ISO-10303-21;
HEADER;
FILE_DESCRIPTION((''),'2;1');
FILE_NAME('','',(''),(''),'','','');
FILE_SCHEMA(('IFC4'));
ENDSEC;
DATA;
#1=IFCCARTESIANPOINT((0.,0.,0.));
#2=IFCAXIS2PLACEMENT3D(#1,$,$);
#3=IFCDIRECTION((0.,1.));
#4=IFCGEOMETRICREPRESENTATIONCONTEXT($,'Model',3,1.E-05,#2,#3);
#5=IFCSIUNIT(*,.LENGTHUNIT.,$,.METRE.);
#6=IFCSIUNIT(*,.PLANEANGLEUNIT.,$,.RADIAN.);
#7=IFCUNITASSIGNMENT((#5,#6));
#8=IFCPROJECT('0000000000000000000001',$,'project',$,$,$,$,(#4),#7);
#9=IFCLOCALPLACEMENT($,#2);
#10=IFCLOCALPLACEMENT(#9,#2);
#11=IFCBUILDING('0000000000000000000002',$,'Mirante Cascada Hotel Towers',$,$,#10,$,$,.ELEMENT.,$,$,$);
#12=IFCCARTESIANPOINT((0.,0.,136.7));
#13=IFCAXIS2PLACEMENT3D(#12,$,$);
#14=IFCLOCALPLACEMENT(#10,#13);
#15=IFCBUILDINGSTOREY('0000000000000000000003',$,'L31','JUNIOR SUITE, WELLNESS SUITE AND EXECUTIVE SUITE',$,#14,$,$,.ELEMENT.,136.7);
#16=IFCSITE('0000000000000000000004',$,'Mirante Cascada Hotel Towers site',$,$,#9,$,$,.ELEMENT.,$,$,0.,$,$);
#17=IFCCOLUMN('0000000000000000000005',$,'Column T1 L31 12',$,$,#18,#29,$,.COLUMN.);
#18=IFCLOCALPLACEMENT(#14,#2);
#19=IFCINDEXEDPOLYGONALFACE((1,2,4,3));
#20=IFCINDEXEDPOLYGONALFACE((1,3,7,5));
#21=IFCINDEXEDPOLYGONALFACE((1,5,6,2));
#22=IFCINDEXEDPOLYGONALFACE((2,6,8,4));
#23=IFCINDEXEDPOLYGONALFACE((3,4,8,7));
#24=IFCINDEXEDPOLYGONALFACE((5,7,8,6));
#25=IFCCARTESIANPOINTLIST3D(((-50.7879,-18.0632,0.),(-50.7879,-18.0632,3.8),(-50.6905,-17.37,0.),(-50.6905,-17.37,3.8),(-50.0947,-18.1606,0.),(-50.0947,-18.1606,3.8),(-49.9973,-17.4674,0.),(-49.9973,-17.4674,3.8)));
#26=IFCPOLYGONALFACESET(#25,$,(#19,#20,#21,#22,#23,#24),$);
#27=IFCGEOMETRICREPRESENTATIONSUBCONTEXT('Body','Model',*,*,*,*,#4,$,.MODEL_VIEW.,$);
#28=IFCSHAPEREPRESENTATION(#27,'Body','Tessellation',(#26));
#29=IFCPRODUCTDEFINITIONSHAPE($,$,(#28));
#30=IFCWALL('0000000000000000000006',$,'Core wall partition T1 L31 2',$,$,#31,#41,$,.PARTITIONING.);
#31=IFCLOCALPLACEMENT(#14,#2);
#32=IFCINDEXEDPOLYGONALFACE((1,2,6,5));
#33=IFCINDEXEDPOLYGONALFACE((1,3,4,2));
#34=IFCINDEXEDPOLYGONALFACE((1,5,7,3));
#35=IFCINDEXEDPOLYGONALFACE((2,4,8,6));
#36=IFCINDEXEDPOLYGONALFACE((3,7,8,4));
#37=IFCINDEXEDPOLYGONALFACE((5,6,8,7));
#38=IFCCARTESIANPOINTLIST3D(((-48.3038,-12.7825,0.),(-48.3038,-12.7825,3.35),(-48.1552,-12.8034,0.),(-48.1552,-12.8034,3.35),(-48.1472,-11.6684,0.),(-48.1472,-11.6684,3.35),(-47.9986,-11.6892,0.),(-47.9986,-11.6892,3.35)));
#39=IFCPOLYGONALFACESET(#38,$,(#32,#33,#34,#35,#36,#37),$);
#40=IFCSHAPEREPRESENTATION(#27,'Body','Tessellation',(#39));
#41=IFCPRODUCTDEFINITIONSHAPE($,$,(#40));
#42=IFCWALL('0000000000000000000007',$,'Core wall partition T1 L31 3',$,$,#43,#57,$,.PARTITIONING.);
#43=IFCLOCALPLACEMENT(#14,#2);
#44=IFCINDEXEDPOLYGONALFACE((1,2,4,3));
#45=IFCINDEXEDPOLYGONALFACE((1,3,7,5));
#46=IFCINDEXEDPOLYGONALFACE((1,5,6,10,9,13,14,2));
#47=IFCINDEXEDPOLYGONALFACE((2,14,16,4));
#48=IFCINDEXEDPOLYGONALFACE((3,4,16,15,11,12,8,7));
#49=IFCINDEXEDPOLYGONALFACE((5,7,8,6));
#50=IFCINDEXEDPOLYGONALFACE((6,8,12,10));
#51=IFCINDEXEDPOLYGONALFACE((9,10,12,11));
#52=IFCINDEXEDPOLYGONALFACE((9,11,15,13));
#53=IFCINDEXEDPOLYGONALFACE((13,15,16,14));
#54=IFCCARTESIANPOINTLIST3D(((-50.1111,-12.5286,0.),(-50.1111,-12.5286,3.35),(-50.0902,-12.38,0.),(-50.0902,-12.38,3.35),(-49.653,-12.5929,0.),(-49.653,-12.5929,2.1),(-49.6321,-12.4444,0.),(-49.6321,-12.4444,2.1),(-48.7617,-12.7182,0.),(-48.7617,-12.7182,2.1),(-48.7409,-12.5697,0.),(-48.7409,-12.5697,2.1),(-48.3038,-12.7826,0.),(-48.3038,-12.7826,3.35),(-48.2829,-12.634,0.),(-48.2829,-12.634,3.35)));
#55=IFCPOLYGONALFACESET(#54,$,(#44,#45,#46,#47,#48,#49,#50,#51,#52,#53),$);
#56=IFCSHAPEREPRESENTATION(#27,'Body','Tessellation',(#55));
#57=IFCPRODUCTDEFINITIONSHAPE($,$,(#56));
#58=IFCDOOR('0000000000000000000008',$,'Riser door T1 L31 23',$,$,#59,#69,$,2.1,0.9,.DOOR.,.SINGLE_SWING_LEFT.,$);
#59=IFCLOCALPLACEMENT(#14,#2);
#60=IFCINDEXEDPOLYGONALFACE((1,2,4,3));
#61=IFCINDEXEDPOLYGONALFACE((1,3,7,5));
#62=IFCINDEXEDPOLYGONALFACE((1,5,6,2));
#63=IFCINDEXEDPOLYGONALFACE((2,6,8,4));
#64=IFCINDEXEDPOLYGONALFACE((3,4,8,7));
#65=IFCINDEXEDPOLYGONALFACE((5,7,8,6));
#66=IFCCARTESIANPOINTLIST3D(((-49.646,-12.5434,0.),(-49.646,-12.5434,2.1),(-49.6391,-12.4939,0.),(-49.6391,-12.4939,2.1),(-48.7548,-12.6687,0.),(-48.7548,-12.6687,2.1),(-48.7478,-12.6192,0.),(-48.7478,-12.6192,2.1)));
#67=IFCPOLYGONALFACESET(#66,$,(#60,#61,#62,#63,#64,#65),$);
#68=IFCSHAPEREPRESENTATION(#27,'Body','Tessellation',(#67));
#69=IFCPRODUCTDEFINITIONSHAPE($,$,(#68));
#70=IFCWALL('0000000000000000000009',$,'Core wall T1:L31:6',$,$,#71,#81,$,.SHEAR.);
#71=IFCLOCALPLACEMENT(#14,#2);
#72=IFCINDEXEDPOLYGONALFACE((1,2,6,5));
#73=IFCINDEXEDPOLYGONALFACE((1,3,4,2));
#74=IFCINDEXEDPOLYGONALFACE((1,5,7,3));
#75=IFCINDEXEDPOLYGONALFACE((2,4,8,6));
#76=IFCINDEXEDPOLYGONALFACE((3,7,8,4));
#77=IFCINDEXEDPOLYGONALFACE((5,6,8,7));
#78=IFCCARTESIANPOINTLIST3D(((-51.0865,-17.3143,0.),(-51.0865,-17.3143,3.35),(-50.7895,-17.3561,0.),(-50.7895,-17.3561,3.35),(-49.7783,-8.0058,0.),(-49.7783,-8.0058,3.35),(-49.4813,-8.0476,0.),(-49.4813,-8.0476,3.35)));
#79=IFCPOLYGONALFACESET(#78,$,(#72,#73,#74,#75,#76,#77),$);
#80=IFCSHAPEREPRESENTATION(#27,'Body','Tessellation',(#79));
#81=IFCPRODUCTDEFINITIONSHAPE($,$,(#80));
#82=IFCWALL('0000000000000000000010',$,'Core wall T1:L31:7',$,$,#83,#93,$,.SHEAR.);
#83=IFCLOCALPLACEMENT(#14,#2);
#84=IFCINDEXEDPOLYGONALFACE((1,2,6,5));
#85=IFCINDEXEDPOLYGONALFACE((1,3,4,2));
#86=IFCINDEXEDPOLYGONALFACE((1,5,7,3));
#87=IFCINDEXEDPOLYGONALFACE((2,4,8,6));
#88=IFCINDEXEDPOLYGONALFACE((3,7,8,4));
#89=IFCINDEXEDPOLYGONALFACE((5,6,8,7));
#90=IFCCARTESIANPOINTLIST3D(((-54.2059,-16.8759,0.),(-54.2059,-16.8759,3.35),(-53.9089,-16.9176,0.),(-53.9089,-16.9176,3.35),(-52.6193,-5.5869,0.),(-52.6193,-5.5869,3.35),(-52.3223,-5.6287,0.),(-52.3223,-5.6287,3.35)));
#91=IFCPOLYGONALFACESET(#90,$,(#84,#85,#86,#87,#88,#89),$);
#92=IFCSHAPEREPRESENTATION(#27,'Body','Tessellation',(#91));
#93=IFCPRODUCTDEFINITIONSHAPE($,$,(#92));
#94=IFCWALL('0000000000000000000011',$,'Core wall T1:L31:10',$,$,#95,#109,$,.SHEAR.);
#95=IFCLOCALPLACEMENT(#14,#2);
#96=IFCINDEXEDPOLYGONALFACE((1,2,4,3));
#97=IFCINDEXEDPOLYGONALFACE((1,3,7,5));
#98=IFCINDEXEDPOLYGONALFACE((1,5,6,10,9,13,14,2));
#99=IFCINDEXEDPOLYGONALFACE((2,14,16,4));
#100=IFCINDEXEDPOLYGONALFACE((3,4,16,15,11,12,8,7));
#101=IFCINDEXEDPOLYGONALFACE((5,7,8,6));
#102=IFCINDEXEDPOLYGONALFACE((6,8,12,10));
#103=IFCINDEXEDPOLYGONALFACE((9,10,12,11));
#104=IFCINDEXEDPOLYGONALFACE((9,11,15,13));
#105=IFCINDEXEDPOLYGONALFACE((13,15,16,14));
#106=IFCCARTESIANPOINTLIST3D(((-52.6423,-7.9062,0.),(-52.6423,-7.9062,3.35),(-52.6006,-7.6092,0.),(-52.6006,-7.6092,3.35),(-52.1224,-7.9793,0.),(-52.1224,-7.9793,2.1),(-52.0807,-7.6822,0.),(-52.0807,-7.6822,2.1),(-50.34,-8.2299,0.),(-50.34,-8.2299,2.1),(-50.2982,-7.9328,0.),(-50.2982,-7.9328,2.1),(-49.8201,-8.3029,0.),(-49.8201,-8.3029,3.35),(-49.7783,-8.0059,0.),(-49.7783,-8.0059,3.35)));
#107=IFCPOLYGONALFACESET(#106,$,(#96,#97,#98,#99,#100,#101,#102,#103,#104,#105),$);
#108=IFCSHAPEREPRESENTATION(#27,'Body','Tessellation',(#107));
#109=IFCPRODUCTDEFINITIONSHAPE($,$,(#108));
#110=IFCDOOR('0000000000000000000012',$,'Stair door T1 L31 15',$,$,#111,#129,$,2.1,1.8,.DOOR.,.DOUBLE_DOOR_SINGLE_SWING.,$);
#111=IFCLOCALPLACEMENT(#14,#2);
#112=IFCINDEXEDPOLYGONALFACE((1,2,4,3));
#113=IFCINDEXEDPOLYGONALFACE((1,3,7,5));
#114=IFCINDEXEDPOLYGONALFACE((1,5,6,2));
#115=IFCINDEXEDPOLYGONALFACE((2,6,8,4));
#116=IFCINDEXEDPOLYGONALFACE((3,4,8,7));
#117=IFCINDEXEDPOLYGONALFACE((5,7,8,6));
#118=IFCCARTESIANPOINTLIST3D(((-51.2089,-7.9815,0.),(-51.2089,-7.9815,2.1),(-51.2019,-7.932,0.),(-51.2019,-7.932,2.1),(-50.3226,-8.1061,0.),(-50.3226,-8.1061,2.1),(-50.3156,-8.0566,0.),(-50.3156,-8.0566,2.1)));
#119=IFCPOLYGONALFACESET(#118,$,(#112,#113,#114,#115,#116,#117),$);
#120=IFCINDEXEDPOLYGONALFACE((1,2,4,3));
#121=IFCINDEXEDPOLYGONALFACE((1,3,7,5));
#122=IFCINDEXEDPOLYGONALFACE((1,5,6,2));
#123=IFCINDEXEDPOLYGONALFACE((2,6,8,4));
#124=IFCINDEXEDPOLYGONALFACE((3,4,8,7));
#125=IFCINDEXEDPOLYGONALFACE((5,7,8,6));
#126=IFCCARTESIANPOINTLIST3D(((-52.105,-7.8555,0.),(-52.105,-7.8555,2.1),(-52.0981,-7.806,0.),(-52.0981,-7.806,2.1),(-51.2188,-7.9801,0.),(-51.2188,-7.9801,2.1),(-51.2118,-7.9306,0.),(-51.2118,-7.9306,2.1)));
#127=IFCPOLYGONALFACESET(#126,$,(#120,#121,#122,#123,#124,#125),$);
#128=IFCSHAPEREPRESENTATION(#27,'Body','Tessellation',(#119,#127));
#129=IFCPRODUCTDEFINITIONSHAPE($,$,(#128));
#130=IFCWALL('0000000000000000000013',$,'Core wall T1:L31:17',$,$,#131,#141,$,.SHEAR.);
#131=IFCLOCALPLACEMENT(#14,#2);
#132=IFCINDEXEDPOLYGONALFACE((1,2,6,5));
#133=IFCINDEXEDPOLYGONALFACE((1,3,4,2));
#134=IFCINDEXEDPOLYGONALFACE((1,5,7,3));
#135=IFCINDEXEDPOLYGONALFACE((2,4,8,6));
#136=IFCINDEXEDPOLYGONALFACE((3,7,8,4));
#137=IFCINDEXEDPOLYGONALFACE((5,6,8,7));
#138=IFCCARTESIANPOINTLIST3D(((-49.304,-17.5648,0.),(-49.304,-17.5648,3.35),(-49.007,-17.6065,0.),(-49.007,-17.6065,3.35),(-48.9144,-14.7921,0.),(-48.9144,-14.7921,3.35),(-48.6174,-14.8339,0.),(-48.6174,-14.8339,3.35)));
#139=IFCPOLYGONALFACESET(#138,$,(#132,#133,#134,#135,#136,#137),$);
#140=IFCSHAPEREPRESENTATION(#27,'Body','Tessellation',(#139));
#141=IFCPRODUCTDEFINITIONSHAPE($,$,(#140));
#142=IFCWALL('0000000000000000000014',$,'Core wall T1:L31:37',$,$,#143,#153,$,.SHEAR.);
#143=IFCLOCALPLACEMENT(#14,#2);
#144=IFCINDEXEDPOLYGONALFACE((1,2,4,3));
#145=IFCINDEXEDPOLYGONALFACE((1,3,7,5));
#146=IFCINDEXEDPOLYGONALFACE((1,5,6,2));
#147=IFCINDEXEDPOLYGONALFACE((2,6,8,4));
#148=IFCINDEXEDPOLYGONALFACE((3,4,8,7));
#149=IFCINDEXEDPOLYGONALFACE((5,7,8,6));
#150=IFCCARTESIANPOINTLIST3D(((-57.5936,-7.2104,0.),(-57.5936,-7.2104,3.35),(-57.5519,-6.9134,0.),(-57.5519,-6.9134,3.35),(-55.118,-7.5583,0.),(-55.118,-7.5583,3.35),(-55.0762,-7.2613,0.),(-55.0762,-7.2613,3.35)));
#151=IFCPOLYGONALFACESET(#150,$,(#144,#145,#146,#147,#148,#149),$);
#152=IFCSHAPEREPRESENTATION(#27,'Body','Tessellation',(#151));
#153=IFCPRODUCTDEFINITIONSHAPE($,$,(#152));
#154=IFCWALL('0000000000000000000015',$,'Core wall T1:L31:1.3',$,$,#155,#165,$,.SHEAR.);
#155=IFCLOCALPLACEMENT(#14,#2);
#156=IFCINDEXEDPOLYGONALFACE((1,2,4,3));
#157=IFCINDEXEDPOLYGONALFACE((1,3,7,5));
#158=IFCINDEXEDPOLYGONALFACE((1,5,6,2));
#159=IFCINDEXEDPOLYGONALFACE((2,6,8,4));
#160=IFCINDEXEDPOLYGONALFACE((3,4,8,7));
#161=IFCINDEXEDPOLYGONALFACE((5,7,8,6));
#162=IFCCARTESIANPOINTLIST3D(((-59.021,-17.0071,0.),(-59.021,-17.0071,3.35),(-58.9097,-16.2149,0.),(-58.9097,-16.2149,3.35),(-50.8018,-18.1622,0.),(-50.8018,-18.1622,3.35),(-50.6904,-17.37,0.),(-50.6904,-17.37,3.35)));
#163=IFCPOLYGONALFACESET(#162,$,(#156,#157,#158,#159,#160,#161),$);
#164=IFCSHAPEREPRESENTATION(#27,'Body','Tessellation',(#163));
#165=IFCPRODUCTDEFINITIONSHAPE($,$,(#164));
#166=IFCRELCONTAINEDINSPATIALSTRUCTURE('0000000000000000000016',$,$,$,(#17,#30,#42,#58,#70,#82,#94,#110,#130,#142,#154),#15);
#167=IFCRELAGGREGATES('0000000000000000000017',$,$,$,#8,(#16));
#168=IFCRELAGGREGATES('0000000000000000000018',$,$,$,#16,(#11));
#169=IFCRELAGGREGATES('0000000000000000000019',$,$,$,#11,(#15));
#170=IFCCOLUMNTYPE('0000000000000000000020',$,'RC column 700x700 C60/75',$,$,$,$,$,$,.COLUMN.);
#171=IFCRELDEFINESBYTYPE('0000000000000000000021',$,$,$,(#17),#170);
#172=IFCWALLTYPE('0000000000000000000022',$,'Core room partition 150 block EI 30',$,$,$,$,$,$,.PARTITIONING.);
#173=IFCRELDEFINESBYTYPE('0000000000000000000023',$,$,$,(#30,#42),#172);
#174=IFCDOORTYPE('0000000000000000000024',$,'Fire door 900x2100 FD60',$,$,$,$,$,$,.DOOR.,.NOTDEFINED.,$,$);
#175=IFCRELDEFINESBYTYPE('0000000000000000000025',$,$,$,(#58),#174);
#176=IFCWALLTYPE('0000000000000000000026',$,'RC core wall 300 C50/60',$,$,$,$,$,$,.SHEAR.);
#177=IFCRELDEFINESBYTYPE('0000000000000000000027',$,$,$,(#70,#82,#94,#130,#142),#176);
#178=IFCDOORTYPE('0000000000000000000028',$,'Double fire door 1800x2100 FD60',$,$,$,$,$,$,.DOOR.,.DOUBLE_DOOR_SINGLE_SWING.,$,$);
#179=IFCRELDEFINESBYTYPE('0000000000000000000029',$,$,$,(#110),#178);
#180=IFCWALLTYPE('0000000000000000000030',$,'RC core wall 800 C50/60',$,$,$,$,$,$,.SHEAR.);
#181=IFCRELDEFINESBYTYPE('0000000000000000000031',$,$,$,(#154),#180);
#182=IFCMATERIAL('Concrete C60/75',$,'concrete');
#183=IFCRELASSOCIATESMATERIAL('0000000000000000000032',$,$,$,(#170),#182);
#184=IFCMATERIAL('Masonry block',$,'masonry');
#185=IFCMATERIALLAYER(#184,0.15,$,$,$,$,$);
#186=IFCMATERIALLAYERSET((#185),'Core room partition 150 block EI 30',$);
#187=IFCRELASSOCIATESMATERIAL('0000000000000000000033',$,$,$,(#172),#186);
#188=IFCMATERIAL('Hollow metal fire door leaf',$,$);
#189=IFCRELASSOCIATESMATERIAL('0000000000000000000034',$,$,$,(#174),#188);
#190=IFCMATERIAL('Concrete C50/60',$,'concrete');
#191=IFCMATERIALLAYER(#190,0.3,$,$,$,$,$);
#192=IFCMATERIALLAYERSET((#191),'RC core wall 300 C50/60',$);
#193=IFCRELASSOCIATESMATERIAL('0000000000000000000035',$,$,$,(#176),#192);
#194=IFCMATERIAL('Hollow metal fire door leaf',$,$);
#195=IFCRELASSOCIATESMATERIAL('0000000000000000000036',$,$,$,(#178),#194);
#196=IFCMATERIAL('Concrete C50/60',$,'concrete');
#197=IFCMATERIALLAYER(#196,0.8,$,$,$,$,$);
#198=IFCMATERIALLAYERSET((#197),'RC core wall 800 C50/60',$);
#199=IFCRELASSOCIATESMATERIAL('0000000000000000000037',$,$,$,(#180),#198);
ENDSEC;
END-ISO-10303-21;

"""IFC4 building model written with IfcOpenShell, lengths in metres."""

from ifc_helpers import new_model, si_unit, direction, frame, frame_2d, origin, origin_2d, place, context, subcontext, project, spatial, rectangle, extrude, material, layer, layer_set, material_profile, profile_set, type_object, element, fill, save


model = new_model("IFC4")

# Units and contexts
model_context = context("Model", 3, precision=1e-05, world=origin(), true_north=direction((0.0, 1.0)))
body_context = subcontext(model_context, "Body", "Model", "MODEL_VIEW")
ifc_project = project(units=[si_unit("LENGTHUNIT", "METRE"), si_unit("PLANEANGLEUNIT", "RADIAN")], contexts=[model_context])

# Site, building, storey
site_placement = place(None, origin())
site = spatial("IfcSite", under=ifc_project, at=site_placement, Name="Mirante Cascada Hotel Towers site", CompositionType="ELEMENT", RefElevation=0.0)
building_placement = place(site_placement, origin())
building = spatial("IfcBuilding", under=site, at=building_placement, Name="Mirante Cascada Hotel Towers", CompositionType="ELEMENT")
storey_placement = place(building_placement, frame((0.0, 0.0, 136.7)))
storey = spatial("IfcBuildingStorey", under=building, at=storey_placement, Name="L31", Description="JUNIOR SUITE, WELLNESS SUITE AND EXECUTIVE SUITE", CompositionType="ELEMENT", Elevation=136.7)

# Column
ifc_material_1 = material(Name="Concrete C60/75", Category="concrete")
ifc_material_profile = material_profile(ifc_material_1, rectangle(XDim=0.7, YDim=0.7, at=origin_2d()), Name="RC column 700x700 C60/75")
ifc_profile_set = profile_set([ifc_material_profile], Name="Concrete C60/75")
column_type = type_object("IfcColumnType", Name="RC column 700x700 C60/75", PredefinedType="COLUMN", material=ifc_profile_set)
column_placement = place(storey_placement, frame((-50.3926, -17.7653, 0.0), z_axis=(0.0, 0.0, 1.0), x_axis=(-0.990268, 0.139173, 0.0)))
element("IfcColumn", 1, at=column_placement, inside=storey, type_object=column_type, Name="Column T1 L31 12", PredefinedType="COLUMN", context=body_context, shape_type="SweptSolid", body=[
    extrude(rectangle(XDim=0.7, YDim=0.7, at=origin_2d()), origin(), (0.0, 0.0, 1.0), 3.8),
])

# Wall
ifc_material_2 = material(Name="Masonry block", Category="masonry")
ifc_layer_1 = layer(ifc_material_2, 0.15)
ifc_layer_set_1 = layer_set([ifc_layer_1], Name="Core room partition 150 block EI 30")
wall_type_1 = type_object("IfcWallType", Name="Core room partition 150 block EI 30", PredefinedType="PARTITIONING", material=ifc_layer_set_1)
wall_1_placement = place(storey_placement, frame((-48.2295, -12.793, 0.0), z_axis=(0.0, 0.0, 1.0), x_axis=(0.139193, 0.990265, 0.0)))
element("IfcWall", 2, at=wall_1_placement, inside=storey, type_object=wall_type_1, Name="Core wall partition T1 L31 2", PredefinedType="PARTITIONING", context=body_context, shape_type="SweptSolid", body=[
    extrude(rectangle(XDim=1.1251, YDim=0.15, at=frame_2d((0.5626, 0.0))), origin(), (0.0, 0.0, 1.0), 3.35),
])

# Wall, opening, door
wall_2_placement = place(storey_placement, frame((-48.2933, -12.7083, 0.0), z_axis=(0.0, 0.0, 1.0), x_axis=(-0.990268, 0.139173, 0.0)))
wall_2 = element("IfcWall", 3, at=wall_2_placement, inside=storey, type_object=wall_type_1, Name="Core wall partition T1 L31 3", PredefinedType="PARTITIONING", context=body_context, shape_type="SweptSolid", body=[
    extrude(rectangle(XDim=1.8251, YDim=0.15, at=frame_2d((0.9126, 0.0))), origin(), (0.0, 0.0, 1.0), 3.35),
])
opening_1_placement = place(wall_2_placement, frame((0.4625, 0.0, 0.0)))
opening_1 = element("IfcOpeningElement", 4, at=opening_1_placement, cuts=wall_2, PredefinedType="OPENING", context=body_context, shape_type="SweptSolid", body=[
    extrude(rectangle(XDim=0.9, YDim=2.1, at=frame_2d((0.45, 1.05))), frame((0.0, 0.075, 0.0), z_axis=(0.0, -1.0, 0.0), x_axis=(1.0, 0.0, 0.0)), (0.0, 0.0, 1.0), 0.15),
])
ifc_material_3 = material(Name="Hollow metal fire door leaf")
door_type_1 = type_object("IfcDoorType", Name="Fire door 900x2100 FD60", OperationType="NOTDEFINED", PredefinedType="DOOR", material=ifc_material_3)
door_1_placement = place(opening_1_placement, origin())
door_1 = element("IfcDoor", 5, at=door_1_placement, inside=storey, type_object=door_type_1, Name="Riser door T1 L31 23", OperationType="SINGLE_SWING_LEFT", OverallHeight=2.1, OverallWidth=0.9, PredefinedType="DOOR", context=body_context, shape_type="SweptSolid", body=[
    extrude(rectangle(XDim=0.9, YDim=2.1, at=frame_2d((0.45, 1.05))), frame((0.0, 0.025, 0.0), z_axis=(0.0, -1.0, 0.0), x_axis=(1.0, 0.0, 0.0)), (0.0, 0.0, 1.0), 0.05),
])
fill(opening_1, door_1)

# Walls
ifc_material_4 = material(Name="Concrete C50/60", Category="concrete")
ifc_layer_2 = layer(ifc_material_4, 0.3)
ifc_layer_set_2 = layer_set([ifc_layer_2], Name="RC core wall 300 C50/60")
wall_type_2 = type_object("IfcWallType", Name="RC core wall 300 C50/60", PredefinedType="SHEAR", material=ifc_layer_set_2)
wall_3_placement = place(storey_placement, frame((-50.938, -17.3352, 0.0), z_axis=(0.0, 0.0, 1.0), x_axis=(0.139171, 0.990268, 0.0)))
element("IfcWall", 6, at=wall_3_placement, inside=storey, type_object=wall_type_2, Name="Core wall T1:L31:6", PredefinedType="SHEAR", context=body_context, shape_type="SweptSolid", body=[
    extrude(rectangle(XDim=9.4, YDim=0.3, at=frame_2d((4.7, 0.0))), origin(), (0.0, 0.0, 1.0), 3.35),
])
wall_4_placement = place(storey_placement, frame((-54.0574, -16.8968, 0.0), z_axis=(0.0, 0.0, 1.0), x_axis=(0.139176, 0.990268, 0.0)))
element("IfcWall", 7, at=wall_4_placement, inside=storey, type_object=wall_type_2, Name="Core wall T1:L31:7", PredefinedType="SHEAR", context=body_context, shape_type="SweptSolid", body=[
    extrude(rectangle(XDim=11.3999, YDim=0.3, at=frame_2d((5.7, 0.0))), origin(), (0.0, 0.0, 1.0), 3.35),
])

# Wall, opening, door
wall_5_placement = place(storey_placement, frame((-49.7992, -8.1544, 0.0), z_axis=(0.0, 0.0, 1.0), x_axis=(-0.990266, 0.139191, 0.0)))
wall_5 = element("IfcWall", 8, at=wall_5_placement, inside=storey, type_object=wall_type_2, Name="Core wall T1:L31:10", PredefinedType="SHEAR", context=body_context, shape_type="SweptSolid", body=[
    extrude(rectangle(XDim=2.85, YDim=0.3, at=frame_2d((1.425, 0.0))), origin(), (0.0, 0.0, 1.0), 3.35),
])
opening_2_placement = place(wall_5_placement, frame((0.525, 0.0, 0.0)))
opening_2 = element("IfcOpeningElement", 9, at=opening_2_placement, cuts=wall_5, PredefinedType="OPENING", context=body_context, shape_type="SweptSolid", body=[
    extrude(rectangle(XDim=1.8, YDim=2.1, at=frame_2d((0.9, 1.05))), frame((0.0, 0.15, 0.0), z_axis=(0.0, -1.0, 0.0), x_axis=(1.0, 0.0, 0.0)), (0.0, 0.0, 1.0), 0.3),
])
ifc_material_5 = material(Name="Hollow metal fire door leaf")
door_type_2 = type_object("IfcDoorType", Name="Double fire door 1800x2100 FD60", OperationType="DOUBLE_DOOR_SINGLE_SWING", PredefinedType="DOOR", material=ifc_material_5)
door_2_placement = place(opening_2_placement, origin())
door_2 = element("IfcDoor", 10, at=door_2_placement, inside=storey, type_object=door_type_2, Name="Stair door T1 L31 15", OperationType="DOUBLE_DOOR_SINGLE_SWING", OverallHeight=2.1, OverallWidth=1.8, PredefinedType="DOOR", context=body_context, shape_type="SweptSolid", body=[
    extrude(rectangle(XDim=0.895, YDim=2.1, at=frame_2d((0.4475, 1.05))), frame((0.0, 0.025, 0.0), z_axis=(0.0, -1.0, 0.0), x_axis=(1.0, 0.0, 0.0)), (0.0, 0.0, 1.0), 0.05),
    extrude(rectangle(XDim=0.895, YDim=2.1, at=frame_2d((1.3525, 1.05))), frame((0.0, 0.025, 0.0), z_axis=(0.0, -1.0, 0.0), x_axis=(1.0, 0.0, 0.0)), (0.0, 0.0, 1.0), 0.05),
])
fill(opening_2, door_2)

# Wall
wall_6_placement = place(storey_placement, frame((-49.1555, -17.5857, 0.0), z_axis=(0.0, 0.0, 1.0), x_axis=(0.139146, 0.990272, 0.0)))
element("IfcWall", 11, at=wall_6_placement, inside=storey, type_object=wall_type_2, Name="Core wall T1:L31:17", PredefinedType="SHEAR", context=body_context, shape_type="SweptSolid", body=[
    extrude(rectangle(XDim=2.7999, YDim=0.3, at=frame_2d((1.4, 0.0))), origin(), (0.0, 0.0, 1.0), 3.35),
])

# Walls
wall_7_placement = place(storey_placement, frame((-55.0971, -7.4098, 0.0), z_axis=(0.0, 0.0, 1.0), x_axis=(-0.99027, 0.139159, 0.0)))
element("IfcWall", 12, at=wall_7_placement, inside=storey, type_object=wall_type_2, Name="Core wall T1:L31:37", PredefinedType="SHEAR", context=body_context, shape_type="SweptSolid", body=[
    extrude(rectangle(XDim=2.5, YDim=0.3, at=frame_2d((1.25, 0.0))), origin(), (0.0, 0.0, 1.0), 3.35),
])
ifc_material_6 = material(Name="Concrete C50/60", Category="concrete")
ifc_layer_3 = layer(ifc_material_6, 0.8)
ifc_layer_set_3 = layer_set([ifc_layer_3], Name="RC core wall 800 C50/60")
wall_type_3 = type_object("IfcWallType", Name="RC core wall 800 C50/60", PredefinedType="SHEAR", material=ifc_layer_set_3)
wall_8_placement = place(storey_placement, frame((-50.7461, -17.7661, 0.0), z_axis=(0.0, 0.0, 1.0), x_axis=(-0.990269, 0.139169, 0.0)))
element("IfcWall", 13, at=wall_8_placement, inside=storey, type_object=wall_type_3, Name="Core wall T1:L31:1.3", PredefinedType="SHEAR", context=body_context, shape_type="SweptSolid", body=[
    extrude(rectangle(XDim=8.3, YDim=0.8, at=frame_2d((4.15, 0.0))), origin(), (0.0, 0.0, 1.0), 3.35),
])

save(model, "model.ifc")
